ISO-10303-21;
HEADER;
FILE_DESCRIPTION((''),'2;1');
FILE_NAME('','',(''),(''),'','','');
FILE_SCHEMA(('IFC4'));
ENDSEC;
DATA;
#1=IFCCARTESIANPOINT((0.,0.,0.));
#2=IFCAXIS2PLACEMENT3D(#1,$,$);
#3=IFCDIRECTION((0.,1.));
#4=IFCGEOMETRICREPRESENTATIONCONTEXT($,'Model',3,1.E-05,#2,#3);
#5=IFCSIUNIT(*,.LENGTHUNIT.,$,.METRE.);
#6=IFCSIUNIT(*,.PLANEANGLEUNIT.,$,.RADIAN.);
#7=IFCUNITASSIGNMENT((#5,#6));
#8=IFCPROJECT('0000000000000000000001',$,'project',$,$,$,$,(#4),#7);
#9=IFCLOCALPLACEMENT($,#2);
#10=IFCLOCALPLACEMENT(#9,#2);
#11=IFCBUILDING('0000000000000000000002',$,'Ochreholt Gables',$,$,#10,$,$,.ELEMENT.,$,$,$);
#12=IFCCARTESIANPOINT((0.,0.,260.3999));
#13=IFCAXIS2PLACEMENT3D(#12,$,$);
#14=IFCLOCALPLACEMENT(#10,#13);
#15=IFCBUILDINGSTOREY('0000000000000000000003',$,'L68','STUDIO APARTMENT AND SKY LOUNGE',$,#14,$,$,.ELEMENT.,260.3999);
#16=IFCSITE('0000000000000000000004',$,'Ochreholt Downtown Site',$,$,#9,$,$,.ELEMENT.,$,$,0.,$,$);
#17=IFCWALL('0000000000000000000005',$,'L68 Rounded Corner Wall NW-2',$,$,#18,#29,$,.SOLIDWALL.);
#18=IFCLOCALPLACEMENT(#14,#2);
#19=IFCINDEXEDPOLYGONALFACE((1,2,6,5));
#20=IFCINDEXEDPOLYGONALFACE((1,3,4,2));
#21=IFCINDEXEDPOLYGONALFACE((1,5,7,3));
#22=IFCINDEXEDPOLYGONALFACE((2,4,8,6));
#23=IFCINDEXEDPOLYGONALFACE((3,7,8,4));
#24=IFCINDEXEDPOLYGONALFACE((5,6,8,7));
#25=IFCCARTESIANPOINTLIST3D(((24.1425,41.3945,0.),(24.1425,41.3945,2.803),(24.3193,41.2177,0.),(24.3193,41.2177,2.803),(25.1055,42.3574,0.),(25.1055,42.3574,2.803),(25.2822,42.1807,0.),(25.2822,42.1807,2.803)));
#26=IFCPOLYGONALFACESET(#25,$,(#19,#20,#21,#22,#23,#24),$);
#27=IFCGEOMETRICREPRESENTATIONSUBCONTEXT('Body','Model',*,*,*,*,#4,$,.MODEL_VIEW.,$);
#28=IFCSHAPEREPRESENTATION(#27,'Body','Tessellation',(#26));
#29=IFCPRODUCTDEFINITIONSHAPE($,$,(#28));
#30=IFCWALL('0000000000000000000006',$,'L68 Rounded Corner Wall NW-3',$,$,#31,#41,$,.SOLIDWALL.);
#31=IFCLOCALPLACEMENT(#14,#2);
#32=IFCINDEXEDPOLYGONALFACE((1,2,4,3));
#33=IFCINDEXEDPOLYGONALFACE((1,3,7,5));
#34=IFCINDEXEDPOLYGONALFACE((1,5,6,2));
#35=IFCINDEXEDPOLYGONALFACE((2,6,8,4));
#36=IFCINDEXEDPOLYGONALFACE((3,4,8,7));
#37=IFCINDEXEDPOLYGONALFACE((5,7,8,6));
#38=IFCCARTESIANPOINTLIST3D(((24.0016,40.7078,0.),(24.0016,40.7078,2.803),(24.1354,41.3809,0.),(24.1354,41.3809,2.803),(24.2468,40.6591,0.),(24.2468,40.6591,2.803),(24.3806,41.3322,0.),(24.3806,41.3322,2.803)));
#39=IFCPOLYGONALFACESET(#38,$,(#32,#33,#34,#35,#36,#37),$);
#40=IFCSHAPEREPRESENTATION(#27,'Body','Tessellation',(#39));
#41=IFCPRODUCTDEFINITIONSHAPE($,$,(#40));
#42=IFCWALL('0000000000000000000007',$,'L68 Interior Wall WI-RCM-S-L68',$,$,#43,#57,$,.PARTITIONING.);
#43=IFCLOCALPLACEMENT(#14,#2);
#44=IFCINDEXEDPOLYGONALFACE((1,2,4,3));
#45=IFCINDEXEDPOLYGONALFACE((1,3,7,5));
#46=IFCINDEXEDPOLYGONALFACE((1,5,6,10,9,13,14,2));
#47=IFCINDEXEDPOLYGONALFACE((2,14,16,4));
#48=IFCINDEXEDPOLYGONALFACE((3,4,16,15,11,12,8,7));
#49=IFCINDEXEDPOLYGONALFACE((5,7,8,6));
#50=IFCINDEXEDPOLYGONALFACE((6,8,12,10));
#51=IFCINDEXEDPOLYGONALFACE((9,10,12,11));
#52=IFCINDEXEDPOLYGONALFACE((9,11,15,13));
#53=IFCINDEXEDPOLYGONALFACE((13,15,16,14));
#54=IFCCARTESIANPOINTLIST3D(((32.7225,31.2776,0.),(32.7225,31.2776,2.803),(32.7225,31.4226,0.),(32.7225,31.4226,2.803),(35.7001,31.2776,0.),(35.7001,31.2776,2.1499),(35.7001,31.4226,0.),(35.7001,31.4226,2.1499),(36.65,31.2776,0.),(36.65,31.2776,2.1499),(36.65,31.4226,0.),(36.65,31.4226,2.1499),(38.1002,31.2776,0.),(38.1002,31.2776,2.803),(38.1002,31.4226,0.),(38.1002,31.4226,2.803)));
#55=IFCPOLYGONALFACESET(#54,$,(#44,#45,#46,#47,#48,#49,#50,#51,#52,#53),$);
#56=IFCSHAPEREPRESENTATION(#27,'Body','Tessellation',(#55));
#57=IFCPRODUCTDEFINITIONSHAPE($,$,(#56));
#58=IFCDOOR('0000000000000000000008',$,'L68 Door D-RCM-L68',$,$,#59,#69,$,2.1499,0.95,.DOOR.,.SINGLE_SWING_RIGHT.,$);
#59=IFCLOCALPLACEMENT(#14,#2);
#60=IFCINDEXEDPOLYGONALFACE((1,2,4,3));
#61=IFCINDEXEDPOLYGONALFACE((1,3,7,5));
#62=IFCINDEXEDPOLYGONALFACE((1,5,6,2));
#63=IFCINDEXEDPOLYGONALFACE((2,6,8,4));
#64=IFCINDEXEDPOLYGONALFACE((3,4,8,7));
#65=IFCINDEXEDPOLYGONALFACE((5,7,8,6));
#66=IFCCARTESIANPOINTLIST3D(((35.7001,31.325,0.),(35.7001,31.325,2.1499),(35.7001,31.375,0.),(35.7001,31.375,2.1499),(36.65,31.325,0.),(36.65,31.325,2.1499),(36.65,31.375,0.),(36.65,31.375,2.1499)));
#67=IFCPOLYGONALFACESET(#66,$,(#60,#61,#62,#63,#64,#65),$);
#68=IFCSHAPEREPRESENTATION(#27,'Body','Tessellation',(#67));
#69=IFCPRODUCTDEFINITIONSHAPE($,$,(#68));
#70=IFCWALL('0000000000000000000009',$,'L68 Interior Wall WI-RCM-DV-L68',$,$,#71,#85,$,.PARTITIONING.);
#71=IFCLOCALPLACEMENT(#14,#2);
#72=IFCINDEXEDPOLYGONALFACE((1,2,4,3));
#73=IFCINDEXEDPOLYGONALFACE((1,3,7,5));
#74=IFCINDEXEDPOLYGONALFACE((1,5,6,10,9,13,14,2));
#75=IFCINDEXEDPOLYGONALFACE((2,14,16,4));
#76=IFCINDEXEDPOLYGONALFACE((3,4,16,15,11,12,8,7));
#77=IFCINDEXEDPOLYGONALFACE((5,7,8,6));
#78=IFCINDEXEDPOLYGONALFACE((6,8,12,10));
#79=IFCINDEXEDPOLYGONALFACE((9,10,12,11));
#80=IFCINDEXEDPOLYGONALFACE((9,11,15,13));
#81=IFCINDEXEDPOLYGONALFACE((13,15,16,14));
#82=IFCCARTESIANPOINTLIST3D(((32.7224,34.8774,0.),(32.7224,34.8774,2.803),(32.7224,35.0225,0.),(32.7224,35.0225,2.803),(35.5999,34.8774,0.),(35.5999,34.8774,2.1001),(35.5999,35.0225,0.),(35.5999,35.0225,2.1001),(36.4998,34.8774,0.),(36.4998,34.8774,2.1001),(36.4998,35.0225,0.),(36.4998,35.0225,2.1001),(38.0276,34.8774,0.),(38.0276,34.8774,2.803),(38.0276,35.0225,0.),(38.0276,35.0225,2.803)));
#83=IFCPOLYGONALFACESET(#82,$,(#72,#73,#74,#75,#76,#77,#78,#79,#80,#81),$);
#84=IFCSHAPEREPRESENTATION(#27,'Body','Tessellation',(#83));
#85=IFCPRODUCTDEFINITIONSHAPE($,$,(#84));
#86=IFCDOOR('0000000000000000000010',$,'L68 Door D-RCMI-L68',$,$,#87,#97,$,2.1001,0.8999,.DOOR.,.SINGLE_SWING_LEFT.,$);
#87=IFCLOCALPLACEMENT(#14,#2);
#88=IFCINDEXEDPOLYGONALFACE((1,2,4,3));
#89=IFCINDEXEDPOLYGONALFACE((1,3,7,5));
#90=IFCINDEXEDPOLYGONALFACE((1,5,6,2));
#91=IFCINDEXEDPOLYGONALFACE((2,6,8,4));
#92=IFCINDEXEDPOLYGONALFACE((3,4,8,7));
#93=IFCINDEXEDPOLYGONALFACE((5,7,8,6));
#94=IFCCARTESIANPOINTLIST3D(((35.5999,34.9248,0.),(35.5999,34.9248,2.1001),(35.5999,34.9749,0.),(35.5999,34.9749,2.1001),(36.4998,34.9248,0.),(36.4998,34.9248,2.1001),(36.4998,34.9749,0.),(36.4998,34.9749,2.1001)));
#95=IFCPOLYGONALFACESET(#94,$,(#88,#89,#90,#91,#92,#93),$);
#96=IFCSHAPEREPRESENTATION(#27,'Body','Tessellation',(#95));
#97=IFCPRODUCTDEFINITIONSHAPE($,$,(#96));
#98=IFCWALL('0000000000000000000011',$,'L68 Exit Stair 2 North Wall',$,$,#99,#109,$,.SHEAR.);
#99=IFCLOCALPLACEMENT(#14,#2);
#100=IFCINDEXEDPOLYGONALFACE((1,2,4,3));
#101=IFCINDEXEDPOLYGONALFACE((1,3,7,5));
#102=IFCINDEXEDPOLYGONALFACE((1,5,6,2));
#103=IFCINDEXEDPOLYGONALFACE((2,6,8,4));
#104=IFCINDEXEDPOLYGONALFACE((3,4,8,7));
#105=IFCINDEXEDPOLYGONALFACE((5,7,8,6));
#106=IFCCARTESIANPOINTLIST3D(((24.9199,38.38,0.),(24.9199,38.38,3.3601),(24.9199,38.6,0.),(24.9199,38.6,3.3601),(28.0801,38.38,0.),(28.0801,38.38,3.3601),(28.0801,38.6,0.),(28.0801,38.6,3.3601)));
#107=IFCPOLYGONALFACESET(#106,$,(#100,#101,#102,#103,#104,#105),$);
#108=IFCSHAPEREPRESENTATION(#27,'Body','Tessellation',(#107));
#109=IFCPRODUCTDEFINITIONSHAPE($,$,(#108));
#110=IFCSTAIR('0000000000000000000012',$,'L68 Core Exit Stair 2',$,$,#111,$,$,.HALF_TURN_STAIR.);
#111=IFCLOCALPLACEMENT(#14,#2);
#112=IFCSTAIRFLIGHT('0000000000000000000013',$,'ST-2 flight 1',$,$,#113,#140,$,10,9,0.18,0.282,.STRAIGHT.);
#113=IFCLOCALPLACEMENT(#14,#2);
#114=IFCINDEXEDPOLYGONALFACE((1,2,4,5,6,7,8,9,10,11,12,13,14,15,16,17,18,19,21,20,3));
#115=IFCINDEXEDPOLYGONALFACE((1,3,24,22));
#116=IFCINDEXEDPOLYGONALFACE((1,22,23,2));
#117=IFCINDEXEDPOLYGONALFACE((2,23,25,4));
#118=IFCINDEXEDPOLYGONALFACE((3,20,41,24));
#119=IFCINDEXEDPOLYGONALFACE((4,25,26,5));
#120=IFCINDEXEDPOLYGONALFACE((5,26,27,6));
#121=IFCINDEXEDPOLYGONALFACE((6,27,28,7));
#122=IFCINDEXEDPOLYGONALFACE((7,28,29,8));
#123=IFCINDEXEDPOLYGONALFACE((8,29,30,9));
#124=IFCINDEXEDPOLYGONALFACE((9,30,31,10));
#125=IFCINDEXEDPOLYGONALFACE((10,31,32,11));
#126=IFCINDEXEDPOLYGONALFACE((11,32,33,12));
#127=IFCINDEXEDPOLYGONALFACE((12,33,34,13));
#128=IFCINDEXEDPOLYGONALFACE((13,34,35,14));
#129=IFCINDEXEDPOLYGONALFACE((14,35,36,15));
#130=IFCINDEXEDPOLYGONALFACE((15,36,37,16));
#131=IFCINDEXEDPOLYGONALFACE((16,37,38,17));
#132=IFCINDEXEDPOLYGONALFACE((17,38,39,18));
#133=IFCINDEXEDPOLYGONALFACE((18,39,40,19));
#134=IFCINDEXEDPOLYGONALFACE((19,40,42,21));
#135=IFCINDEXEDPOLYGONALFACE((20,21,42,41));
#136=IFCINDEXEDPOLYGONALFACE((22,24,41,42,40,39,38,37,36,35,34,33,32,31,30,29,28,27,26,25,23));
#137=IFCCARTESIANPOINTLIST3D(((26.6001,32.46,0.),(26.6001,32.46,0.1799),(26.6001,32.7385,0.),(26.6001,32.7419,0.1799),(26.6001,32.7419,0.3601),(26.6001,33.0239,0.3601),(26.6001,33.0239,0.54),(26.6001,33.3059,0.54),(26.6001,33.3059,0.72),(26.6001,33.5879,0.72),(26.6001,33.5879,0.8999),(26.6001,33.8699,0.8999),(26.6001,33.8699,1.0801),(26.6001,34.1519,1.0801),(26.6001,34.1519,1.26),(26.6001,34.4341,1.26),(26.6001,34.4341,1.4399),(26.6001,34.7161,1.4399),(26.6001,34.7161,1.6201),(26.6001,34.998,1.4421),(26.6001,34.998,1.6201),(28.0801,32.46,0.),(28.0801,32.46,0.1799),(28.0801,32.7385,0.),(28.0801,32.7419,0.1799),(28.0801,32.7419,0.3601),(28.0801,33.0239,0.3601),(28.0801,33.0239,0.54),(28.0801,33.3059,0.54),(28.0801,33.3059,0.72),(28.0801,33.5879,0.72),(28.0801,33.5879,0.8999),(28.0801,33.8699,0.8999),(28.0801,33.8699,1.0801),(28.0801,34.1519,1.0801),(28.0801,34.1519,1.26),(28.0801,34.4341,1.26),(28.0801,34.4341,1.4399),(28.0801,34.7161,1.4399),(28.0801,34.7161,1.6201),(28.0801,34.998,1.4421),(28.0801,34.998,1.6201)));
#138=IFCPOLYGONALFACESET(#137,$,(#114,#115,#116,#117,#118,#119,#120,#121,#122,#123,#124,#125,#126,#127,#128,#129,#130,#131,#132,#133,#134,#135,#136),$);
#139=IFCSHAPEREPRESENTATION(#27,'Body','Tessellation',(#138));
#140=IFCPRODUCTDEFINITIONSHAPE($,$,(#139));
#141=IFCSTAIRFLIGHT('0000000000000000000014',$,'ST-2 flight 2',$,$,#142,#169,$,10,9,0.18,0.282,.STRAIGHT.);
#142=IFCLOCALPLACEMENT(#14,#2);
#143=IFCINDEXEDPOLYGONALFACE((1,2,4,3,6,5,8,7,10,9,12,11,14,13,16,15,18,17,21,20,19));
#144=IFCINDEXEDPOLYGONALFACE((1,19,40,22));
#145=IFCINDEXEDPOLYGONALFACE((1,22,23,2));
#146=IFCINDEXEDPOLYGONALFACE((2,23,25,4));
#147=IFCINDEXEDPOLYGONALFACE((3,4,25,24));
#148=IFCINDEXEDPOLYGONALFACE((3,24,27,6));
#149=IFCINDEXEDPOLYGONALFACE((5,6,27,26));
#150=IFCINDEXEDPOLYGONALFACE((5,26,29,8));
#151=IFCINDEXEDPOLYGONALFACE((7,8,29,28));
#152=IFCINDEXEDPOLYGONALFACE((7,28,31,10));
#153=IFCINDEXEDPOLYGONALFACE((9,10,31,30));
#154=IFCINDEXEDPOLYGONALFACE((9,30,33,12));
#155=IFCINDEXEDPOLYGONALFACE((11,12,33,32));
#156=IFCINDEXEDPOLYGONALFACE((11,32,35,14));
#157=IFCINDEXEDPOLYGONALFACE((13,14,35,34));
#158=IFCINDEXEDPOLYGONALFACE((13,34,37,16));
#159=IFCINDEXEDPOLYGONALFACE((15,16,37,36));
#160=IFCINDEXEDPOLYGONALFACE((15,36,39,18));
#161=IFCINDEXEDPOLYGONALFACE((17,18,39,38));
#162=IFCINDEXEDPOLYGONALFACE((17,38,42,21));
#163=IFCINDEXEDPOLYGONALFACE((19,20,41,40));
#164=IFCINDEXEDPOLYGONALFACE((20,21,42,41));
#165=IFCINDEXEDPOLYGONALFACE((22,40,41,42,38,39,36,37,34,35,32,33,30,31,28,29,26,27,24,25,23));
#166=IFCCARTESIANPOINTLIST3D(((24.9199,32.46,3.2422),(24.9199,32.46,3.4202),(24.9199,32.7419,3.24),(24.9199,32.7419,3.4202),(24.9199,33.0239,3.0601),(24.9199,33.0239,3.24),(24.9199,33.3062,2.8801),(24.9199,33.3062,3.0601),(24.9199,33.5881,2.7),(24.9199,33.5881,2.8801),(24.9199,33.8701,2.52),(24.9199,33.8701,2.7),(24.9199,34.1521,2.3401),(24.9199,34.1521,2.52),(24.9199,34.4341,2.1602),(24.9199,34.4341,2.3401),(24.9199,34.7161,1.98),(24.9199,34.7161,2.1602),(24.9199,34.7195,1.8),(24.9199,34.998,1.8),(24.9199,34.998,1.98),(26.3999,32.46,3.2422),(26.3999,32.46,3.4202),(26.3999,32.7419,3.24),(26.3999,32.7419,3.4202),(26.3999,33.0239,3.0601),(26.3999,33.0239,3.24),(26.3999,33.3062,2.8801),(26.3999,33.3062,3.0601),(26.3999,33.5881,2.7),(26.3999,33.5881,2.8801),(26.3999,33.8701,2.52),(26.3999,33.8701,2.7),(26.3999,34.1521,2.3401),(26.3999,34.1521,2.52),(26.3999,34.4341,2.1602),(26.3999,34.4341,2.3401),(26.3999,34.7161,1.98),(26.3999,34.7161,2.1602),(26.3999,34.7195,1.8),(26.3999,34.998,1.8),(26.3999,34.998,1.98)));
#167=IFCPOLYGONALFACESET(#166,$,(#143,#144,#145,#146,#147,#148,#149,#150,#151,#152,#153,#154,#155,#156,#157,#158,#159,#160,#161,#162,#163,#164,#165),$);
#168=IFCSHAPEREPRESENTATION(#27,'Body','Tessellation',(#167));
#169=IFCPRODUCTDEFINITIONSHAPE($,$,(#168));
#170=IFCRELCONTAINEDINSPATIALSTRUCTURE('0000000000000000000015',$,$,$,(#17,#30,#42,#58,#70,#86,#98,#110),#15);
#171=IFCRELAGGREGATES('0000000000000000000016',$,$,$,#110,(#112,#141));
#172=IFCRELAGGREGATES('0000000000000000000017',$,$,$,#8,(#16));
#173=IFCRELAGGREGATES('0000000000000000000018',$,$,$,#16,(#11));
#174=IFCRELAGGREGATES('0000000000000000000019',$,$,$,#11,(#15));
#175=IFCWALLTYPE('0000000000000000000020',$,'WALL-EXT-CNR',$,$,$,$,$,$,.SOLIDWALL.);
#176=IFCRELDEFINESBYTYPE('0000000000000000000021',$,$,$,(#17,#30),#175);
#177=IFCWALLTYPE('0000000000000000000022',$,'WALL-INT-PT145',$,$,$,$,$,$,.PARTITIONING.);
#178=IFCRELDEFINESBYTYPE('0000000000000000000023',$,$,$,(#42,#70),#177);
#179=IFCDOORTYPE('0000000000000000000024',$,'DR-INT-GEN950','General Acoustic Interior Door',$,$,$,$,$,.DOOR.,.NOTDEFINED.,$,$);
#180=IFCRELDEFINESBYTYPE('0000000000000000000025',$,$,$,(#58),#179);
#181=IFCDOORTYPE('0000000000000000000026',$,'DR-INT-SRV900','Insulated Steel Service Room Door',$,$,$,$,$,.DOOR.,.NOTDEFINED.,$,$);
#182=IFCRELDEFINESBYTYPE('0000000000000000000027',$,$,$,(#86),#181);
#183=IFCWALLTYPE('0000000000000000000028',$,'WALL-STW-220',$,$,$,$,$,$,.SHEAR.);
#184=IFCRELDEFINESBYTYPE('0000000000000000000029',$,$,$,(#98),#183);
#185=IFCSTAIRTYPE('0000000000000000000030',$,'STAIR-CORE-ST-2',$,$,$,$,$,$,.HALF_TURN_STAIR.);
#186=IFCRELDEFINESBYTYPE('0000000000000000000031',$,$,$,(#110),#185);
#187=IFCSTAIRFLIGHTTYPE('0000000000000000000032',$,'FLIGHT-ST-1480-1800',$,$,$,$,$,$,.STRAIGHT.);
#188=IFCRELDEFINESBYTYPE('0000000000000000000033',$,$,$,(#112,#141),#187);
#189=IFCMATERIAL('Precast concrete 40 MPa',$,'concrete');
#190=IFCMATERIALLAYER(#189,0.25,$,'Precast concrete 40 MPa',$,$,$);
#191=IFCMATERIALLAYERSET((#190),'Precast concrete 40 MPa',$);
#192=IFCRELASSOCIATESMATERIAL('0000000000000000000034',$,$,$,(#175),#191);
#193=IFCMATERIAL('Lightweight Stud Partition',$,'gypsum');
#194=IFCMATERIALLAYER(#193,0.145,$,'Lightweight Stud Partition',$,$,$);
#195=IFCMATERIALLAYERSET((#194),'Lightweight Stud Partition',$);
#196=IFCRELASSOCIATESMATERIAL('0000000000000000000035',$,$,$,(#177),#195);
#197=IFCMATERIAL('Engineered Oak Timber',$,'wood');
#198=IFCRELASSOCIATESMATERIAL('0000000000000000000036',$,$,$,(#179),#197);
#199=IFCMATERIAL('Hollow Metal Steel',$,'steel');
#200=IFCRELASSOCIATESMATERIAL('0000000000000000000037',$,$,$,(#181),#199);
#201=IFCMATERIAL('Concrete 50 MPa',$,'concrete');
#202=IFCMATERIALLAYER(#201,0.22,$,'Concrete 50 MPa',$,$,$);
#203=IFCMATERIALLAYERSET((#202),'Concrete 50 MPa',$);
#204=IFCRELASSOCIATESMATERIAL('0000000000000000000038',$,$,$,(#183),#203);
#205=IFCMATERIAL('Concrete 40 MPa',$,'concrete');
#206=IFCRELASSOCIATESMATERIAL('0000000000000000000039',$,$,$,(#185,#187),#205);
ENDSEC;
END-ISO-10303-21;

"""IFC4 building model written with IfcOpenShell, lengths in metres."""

from ifc_helpers import new_model, si_unit, direction, frame, frame_2d, origin, place, context, subcontext, project, spatial, polyline, rectangle, outline, extrude, material, layer, layer_set, type_object, element, fill, aggregate, save


model = new_model("IFC4")

# Units and contexts
model_context = context("Model", 3, precision=1e-05, world=origin(), true_north=direction((0.0, 1.0)))
body_context = subcontext(model_context, "Body", "Model", "MODEL_VIEW")
ifc_project = project(units=[si_unit("LENGTHUNIT", "METRE"), si_unit("PLANEANGLEUNIT", "RADIAN")], contexts=[model_context])

# Site, building, storey
site_placement = place(None, origin())
site = spatial("IfcSite", under=ifc_project, at=site_placement, Name="Ochreholt Downtown Site", CompositionType="ELEMENT", RefElevation=0.0)
building_placement = place(site_placement, origin())
building = spatial("IfcBuilding", under=site, at=building_placement, Name="Ochreholt Gables", CompositionType="ELEMENT")
storey_placement = place(building_placement, frame((0.0, 0.0, 260.3999)))
storey = spatial("IfcBuildingStorey", under=building, at=storey_placement, Name="L68", Description="STUDIO APARTMENT AND SKY LOUNGE", CompositionType="ELEMENT", Elevation=260.3999)

# Shared definitions
ifc_material_1 = material(Name="Concrete 50 MPa", Category="concrete")

# Shared definitions
ifc_material_2 = material(Name="Hollow Metal Steel", Category="steel")

# Shared definitions
ifc_material_3 = material(Name="Precast concrete 40 MPa", Category="concrete")

# Walls
ifc_layer_1 = layer(ifc_material_3, 0.25, Name="Precast concrete 40 MPa")
ifc_layer_set_1 = layer_set([ifc_layer_1], Name="Precast concrete 40 MPa")
wall_type_1 = type_object("IfcWallType", Name="WALL-EXT-CNR", PredefinedType="SOLIDWALL", material=ifc_layer_set_1)
wall_1_placement = place(storey_placement, frame((25.1938, 42.269, 0.0), z_axis=(0.0, 0.0, 1.0), x_axis=(-0.707107, -0.707107, 0.0)))
element("IfcWall", 1, at=wall_1_placement, inside=storey, type_object=wall_type_1, Name="L68 Rounded Corner Wall NW-2", PredefinedType="SOLIDWALL", context=body_context, shape_type="SweptSolid", body=[
    extrude(rectangle(XDim=1.3618, YDim=0.25, at=frame_2d((0.6809, 0.0))), origin(), (0.0, 0.0, 1.0), 2.803),
])
wall_2_placement = place(storey_placement, frame((24.2581, 41.3567, 0.0), z_axis=(0.0, 0.0, 1.0), x_axis=(-0.194953, -0.980813, 0.0)))
element("IfcWall", 2, at=wall_2_placement, inside=storey, type_object=wall_type_1, Name="L68 Rounded Corner Wall NW-3", PredefinedType="SOLIDWALL", context=body_context, shape_type="SweptSolid", body=[
    extrude(rectangle(XDim=0.6863, YDim=0.25, at=frame_2d((0.3433, 0.0))), origin(), (0.0, 0.0, 1.0), 2.803),
])

# Walls, openings, doors
ifc_material_4 = material(Name="Lightweight Stud Partition", Category="gypsum")
ifc_layer_2 = layer(ifc_material_4, 0.145, Name="Lightweight Stud Partition")
ifc_layer_set_2 = layer_set([ifc_layer_2], Name="Lightweight Stud Partition")
wall_type_2 = type_object("IfcWallType", Name="WALL-INT-PT145", PredefinedType="PARTITIONING", material=ifc_layer_set_2)
wall_3_placement = place(storey_placement, frame((32.7224, 31.3501, 0.0), z_axis=(0.0, 0.0, 1.0), x_axis=(1.0, 0.0, 0.0)))
wall_3 = element("IfcWall", 3, at=wall_3_placement, inside=storey, type_object=wall_type_2, Name="L68 Interior Wall WI-RCM-S-L68", PredefinedType="PARTITIONING", context=body_context, shape_type="SweptSolid", body=[
    extrude(rectangle(XDim=5.3777, YDim=0.145, at=frame_2d((2.689, 0.0))), origin(), (0.0, 0.0, 1.0), 2.803),
])
opening_1_placement = place(wall_3_placement, frame((2.9775, 0.0, 0.0)))
opening_1 = element("IfcOpeningElement", 4, at=opening_1_placement, cuts=wall_3, PredefinedType="OPENING", context=body_context, shape_type="SweptSolid", body=[
    extrude(rectangle(XDim=0.95, YDim=2.1499, at=frame_2d((0.4751, 1.075))), frame((0.0, 0.0825, 0.0), z_axis=(0.0, -1.0, 0.0), x_axis=(1.0, 0.0, 0.0)), (0.0, 0.0, 1.0), 0.165),
])
ifc_material_5 = material(Name="Engineered Oak Timber", Category="wood")
door_type_1 = type_object("IfcDoorType", Name="DR-INT-GEN950", Description="General Acoustic Interior Door", OperationType="NOTDEFINED", PredefinedType="DOOR", material=ifc_material_5)
door_1_placement = place(opening_1_placement, origin())
door_1 = element("IfcDoor", 5, at=door_1_placement, inside=storey, type_object=door_type_1, Name="L68 Door D-RCM-L68", OperationType="SINGLE_SWING_RIGHT", OverallHeight=2.1499, OverallWidth=0.95, PredefinedType="DOOR", context=body_context, shape_type="SweptSolid", body=[
    extrude(rectangle(XDim=0.95, YDim=2.1499, at=frame_2d((0.4751, 1.075))), frame((0.0, 0.0249, 0.0), z_axis=(0.0, -1.0, 0.0), x_axis=(1.0, 0.0, 0.0)), (0.0, 0.0, 1.0), 0.05),
])
fill(opening_1, door_1)
wall_4_placement = place(storey_placement, frame((32.7224, 34.95, 0.0), z_axis=(0.0, 0.0, 1.0), x_axis=(1.0, 0.0, 0.0)))
wall_4 = element("IfcWall", 6, at=wall_4_placement, inside=storey, type_object=wall_type_2, Name="L68 Interior Wall WI-RCM-DV-L68", PredefinedType="PARTITIONING", context=body_context, shape_type="SweptSolid", body=[
    extrude(rectangle(XDim=5.3052, YDim=0.145, at=frame_2d((2.6526, 0.0))), origin(), (0.0, 0.0, 1.0), 2.803),
])
opening_2_placement = place(wall_4_placement, frame((2.8774, 0.0, 0.0)))
opening_2 = element("IfcOpeningElement", 7, at=opening_2_placement, cuts=wall_4, PredefinedType="OPENING", context=body_context, shape_type="SweptSolid", body=[
    extrude(rectangle(XDim=0.8999, YDim=2.1001, at=frame_2d((0.45, 1.05))), frame((0.0, 0.0825, 0.0), z_axis=(0.0, -1.0, 0.0), x_axis=(1.0, 0.0, 0.0)), (0.0, 0.0, 1.0), 0.165),
])
door_type_2 = type_object("IfcDoorType", Name="DR-INT-SRV900", Description="Insulated Steel Service Room Door", OperationType="NOTDEFINED", PredefinedType="DOOR", material=ifc_material_2)
door_2_placement = place(opening_2_placement, origin())
door_2 = element("IfcDoor", 8, at=door_2_placement, inside=storey, type_object=door_type_2, Name="L68 Door D-RCMI-L68", OperationType="SINGLE_SWING_LEFT", OverallHeight=2.1001, OverallWidth=0.8999, PredefinedType="DOOR", context=body_context, shape_type="SweptSolid", body=[
    extrude(rectangle(XDim=0.8999, YDim=2.1001, at=frame_2d((0.45, 1.05))), frame((0.0, 0.0249, 0.0), z_axis=(0.0, -1.0, 0.0), x_axis=(1.0, 0.0, 0.0)), (0.0, 0.0, 1.0), 0.05),
])
fill(opening_2, door_2)

# Wall
ifc_layer_3 = layer(ifc_material_1, 0.22, Name="Concrete 50 MPa")
ifc_layer_set_3 = layer_set([ifc_layer_3], Name="Concrete 50 MPa")
wall_type_3 = type_object("IfcWallType", Name="WALL-STW-220", PredefinedType="SHEAR", material=ifc_layer_set_3)
wall_5_placement = place(storey_placement, frame((24.9199, 38.49, 0.0), z_axis=(0.0, 0.0, 1.0), x_axis=(1.0, 0.0, 0.0)))
element("IfcWall", 9, at=wall_5_placement, inside=storey, type_object=wall_type_3, Name="L68 Exit Stair 2 North Wall", PredefinedType="SHEAR", context=body_context, shape_type="SweptSolid", body=[
    extrude(rectangle(XDim=3.1602, YDim=0.22, at=frame_2d((1.5801, 0.0))), origin(), (0.0, 0.0, 1.0), 3.3601),
])

# Stair, stair flights
ifc_material_6 = material(Name="Concrete 40 MPa", Category="concrete")
stair_type = type_object("IfcStairType", Name="STAIR-CORE-ST-2", PredefinedType="HALF_TURN_STAIR", material=ifc_material_6)
stair_placement = place(storey_placement, origin())
stair = element("IfcStair", 10, at=stair_placement, inside=storey, type_object=stair_type, Name="L68 Core Exit Stair 2", PredefinedType="HALF_TURN_STAIR")
stair_flight_type = type_object("IfcStairFlightType", Name="FLIGHT-ST-1480-1800", PredefinedType="STRAIGHT", material=ifc_material_6)
stair_flight_1_placement = place(storey_placement, frame((27.3401, 32.46, 0.0), z_axis=(0.0, 0.0, 1.0), x_axis=(0.0, 1.0, 0.0)))
stair_flight_1 = element("IfcStairFlight", 11, at=stair_flight_1_placement, type_object=stair_flight_type, Name="ST-2 flight 1", NumberOfRisers=10, NumberOfTreads=9, PredefinedType="STRAIGHT", RiserHeight=0.18, TreadLength=0.282, context=body_context, shape_type="SweptSolid", body=[
    extrude(outline(polyline([(0.0, 0.0), (0.0, 0.1799), (0.282, 0.1799), (0.282, 0.3601), (0.564, 0.3601), (0.564, 0.54), (0.8459, 0.54), (0.8459, 0.72), (1.1279, 0.72), (1.1279, 0.8999), (1.4099, 0.8999), (1.4099, 1.0801), (1.6919, 1.0801), (1.6919, 1.26), (1.9741, 1.26), (1.9741, 1.4399), (2.2561, 1.4399), (2.2561, 1.6201), (2.5381, 1.6201), (2.5381, 1.8), (2.5381, 1.4421), (0.2786, 0.0), (0.0, 0.0)])), frame((0.0, 0.74, 0.0), z_axis=(0.0, -1.0, 0.0), x_axis=(1.0, 0.0, 0.0)), (0.0, 0.0, 1.0), 1.48),
])
stair_flight_2_placement = place(storey_placement, frame((25.6599, 34.998, 1.8), z_axis=(0.0, 0.0, 1.0), x_axis=(0.0, -1.0, 0.0)))
stair_flight_2 = element("IfcStairFlight", 12, at=stair_flight_2_placement, type_object=stair_flight_type, Name="ST-2 flight 2", NumberOfRisers=10, NumberOfTreads=9, PredefinedType="STRAIGHT", RiserHeight=0.18, TreadLength=0.282, context=body_context, shape_type="SweptSolid", body=[
    extrude(outline(polyline([(0.0, 0.0), (0.0, 0.1799), (0.282, 0.1799), (0.282, 0.3601), (0.564, 0.3601), (0.564, 0.54), (0.8459, 0.54), (0.8459, 0.72), (1.1279, 0.72), (1.1279, 0.8999), (1.4099, 0.8999), (1.4099, 1.0801), (1.6919, 1.0801), (1.6919, 1.26), (1.9741, 1.26), (1.9741, 1.4399), (2.2561, 1.4399), (2.2561, 1.6201), (2.5381, 1.6201), (2.5381, 1.8), (2.5381, 1.4421), (0.2786, 0.0), (0.0, 0.0)])), frame((0.0, 0.74, 0.0), z_axis=(0.0, -1.0, 0.0), x_axis=(1.0, 0.0, 0.0)), (0.0, 0.0, 1.0), 1.48),
])
aggregate(stair, [stair_flight_1, stair_flight_2])

save(model, "model.ifc")
